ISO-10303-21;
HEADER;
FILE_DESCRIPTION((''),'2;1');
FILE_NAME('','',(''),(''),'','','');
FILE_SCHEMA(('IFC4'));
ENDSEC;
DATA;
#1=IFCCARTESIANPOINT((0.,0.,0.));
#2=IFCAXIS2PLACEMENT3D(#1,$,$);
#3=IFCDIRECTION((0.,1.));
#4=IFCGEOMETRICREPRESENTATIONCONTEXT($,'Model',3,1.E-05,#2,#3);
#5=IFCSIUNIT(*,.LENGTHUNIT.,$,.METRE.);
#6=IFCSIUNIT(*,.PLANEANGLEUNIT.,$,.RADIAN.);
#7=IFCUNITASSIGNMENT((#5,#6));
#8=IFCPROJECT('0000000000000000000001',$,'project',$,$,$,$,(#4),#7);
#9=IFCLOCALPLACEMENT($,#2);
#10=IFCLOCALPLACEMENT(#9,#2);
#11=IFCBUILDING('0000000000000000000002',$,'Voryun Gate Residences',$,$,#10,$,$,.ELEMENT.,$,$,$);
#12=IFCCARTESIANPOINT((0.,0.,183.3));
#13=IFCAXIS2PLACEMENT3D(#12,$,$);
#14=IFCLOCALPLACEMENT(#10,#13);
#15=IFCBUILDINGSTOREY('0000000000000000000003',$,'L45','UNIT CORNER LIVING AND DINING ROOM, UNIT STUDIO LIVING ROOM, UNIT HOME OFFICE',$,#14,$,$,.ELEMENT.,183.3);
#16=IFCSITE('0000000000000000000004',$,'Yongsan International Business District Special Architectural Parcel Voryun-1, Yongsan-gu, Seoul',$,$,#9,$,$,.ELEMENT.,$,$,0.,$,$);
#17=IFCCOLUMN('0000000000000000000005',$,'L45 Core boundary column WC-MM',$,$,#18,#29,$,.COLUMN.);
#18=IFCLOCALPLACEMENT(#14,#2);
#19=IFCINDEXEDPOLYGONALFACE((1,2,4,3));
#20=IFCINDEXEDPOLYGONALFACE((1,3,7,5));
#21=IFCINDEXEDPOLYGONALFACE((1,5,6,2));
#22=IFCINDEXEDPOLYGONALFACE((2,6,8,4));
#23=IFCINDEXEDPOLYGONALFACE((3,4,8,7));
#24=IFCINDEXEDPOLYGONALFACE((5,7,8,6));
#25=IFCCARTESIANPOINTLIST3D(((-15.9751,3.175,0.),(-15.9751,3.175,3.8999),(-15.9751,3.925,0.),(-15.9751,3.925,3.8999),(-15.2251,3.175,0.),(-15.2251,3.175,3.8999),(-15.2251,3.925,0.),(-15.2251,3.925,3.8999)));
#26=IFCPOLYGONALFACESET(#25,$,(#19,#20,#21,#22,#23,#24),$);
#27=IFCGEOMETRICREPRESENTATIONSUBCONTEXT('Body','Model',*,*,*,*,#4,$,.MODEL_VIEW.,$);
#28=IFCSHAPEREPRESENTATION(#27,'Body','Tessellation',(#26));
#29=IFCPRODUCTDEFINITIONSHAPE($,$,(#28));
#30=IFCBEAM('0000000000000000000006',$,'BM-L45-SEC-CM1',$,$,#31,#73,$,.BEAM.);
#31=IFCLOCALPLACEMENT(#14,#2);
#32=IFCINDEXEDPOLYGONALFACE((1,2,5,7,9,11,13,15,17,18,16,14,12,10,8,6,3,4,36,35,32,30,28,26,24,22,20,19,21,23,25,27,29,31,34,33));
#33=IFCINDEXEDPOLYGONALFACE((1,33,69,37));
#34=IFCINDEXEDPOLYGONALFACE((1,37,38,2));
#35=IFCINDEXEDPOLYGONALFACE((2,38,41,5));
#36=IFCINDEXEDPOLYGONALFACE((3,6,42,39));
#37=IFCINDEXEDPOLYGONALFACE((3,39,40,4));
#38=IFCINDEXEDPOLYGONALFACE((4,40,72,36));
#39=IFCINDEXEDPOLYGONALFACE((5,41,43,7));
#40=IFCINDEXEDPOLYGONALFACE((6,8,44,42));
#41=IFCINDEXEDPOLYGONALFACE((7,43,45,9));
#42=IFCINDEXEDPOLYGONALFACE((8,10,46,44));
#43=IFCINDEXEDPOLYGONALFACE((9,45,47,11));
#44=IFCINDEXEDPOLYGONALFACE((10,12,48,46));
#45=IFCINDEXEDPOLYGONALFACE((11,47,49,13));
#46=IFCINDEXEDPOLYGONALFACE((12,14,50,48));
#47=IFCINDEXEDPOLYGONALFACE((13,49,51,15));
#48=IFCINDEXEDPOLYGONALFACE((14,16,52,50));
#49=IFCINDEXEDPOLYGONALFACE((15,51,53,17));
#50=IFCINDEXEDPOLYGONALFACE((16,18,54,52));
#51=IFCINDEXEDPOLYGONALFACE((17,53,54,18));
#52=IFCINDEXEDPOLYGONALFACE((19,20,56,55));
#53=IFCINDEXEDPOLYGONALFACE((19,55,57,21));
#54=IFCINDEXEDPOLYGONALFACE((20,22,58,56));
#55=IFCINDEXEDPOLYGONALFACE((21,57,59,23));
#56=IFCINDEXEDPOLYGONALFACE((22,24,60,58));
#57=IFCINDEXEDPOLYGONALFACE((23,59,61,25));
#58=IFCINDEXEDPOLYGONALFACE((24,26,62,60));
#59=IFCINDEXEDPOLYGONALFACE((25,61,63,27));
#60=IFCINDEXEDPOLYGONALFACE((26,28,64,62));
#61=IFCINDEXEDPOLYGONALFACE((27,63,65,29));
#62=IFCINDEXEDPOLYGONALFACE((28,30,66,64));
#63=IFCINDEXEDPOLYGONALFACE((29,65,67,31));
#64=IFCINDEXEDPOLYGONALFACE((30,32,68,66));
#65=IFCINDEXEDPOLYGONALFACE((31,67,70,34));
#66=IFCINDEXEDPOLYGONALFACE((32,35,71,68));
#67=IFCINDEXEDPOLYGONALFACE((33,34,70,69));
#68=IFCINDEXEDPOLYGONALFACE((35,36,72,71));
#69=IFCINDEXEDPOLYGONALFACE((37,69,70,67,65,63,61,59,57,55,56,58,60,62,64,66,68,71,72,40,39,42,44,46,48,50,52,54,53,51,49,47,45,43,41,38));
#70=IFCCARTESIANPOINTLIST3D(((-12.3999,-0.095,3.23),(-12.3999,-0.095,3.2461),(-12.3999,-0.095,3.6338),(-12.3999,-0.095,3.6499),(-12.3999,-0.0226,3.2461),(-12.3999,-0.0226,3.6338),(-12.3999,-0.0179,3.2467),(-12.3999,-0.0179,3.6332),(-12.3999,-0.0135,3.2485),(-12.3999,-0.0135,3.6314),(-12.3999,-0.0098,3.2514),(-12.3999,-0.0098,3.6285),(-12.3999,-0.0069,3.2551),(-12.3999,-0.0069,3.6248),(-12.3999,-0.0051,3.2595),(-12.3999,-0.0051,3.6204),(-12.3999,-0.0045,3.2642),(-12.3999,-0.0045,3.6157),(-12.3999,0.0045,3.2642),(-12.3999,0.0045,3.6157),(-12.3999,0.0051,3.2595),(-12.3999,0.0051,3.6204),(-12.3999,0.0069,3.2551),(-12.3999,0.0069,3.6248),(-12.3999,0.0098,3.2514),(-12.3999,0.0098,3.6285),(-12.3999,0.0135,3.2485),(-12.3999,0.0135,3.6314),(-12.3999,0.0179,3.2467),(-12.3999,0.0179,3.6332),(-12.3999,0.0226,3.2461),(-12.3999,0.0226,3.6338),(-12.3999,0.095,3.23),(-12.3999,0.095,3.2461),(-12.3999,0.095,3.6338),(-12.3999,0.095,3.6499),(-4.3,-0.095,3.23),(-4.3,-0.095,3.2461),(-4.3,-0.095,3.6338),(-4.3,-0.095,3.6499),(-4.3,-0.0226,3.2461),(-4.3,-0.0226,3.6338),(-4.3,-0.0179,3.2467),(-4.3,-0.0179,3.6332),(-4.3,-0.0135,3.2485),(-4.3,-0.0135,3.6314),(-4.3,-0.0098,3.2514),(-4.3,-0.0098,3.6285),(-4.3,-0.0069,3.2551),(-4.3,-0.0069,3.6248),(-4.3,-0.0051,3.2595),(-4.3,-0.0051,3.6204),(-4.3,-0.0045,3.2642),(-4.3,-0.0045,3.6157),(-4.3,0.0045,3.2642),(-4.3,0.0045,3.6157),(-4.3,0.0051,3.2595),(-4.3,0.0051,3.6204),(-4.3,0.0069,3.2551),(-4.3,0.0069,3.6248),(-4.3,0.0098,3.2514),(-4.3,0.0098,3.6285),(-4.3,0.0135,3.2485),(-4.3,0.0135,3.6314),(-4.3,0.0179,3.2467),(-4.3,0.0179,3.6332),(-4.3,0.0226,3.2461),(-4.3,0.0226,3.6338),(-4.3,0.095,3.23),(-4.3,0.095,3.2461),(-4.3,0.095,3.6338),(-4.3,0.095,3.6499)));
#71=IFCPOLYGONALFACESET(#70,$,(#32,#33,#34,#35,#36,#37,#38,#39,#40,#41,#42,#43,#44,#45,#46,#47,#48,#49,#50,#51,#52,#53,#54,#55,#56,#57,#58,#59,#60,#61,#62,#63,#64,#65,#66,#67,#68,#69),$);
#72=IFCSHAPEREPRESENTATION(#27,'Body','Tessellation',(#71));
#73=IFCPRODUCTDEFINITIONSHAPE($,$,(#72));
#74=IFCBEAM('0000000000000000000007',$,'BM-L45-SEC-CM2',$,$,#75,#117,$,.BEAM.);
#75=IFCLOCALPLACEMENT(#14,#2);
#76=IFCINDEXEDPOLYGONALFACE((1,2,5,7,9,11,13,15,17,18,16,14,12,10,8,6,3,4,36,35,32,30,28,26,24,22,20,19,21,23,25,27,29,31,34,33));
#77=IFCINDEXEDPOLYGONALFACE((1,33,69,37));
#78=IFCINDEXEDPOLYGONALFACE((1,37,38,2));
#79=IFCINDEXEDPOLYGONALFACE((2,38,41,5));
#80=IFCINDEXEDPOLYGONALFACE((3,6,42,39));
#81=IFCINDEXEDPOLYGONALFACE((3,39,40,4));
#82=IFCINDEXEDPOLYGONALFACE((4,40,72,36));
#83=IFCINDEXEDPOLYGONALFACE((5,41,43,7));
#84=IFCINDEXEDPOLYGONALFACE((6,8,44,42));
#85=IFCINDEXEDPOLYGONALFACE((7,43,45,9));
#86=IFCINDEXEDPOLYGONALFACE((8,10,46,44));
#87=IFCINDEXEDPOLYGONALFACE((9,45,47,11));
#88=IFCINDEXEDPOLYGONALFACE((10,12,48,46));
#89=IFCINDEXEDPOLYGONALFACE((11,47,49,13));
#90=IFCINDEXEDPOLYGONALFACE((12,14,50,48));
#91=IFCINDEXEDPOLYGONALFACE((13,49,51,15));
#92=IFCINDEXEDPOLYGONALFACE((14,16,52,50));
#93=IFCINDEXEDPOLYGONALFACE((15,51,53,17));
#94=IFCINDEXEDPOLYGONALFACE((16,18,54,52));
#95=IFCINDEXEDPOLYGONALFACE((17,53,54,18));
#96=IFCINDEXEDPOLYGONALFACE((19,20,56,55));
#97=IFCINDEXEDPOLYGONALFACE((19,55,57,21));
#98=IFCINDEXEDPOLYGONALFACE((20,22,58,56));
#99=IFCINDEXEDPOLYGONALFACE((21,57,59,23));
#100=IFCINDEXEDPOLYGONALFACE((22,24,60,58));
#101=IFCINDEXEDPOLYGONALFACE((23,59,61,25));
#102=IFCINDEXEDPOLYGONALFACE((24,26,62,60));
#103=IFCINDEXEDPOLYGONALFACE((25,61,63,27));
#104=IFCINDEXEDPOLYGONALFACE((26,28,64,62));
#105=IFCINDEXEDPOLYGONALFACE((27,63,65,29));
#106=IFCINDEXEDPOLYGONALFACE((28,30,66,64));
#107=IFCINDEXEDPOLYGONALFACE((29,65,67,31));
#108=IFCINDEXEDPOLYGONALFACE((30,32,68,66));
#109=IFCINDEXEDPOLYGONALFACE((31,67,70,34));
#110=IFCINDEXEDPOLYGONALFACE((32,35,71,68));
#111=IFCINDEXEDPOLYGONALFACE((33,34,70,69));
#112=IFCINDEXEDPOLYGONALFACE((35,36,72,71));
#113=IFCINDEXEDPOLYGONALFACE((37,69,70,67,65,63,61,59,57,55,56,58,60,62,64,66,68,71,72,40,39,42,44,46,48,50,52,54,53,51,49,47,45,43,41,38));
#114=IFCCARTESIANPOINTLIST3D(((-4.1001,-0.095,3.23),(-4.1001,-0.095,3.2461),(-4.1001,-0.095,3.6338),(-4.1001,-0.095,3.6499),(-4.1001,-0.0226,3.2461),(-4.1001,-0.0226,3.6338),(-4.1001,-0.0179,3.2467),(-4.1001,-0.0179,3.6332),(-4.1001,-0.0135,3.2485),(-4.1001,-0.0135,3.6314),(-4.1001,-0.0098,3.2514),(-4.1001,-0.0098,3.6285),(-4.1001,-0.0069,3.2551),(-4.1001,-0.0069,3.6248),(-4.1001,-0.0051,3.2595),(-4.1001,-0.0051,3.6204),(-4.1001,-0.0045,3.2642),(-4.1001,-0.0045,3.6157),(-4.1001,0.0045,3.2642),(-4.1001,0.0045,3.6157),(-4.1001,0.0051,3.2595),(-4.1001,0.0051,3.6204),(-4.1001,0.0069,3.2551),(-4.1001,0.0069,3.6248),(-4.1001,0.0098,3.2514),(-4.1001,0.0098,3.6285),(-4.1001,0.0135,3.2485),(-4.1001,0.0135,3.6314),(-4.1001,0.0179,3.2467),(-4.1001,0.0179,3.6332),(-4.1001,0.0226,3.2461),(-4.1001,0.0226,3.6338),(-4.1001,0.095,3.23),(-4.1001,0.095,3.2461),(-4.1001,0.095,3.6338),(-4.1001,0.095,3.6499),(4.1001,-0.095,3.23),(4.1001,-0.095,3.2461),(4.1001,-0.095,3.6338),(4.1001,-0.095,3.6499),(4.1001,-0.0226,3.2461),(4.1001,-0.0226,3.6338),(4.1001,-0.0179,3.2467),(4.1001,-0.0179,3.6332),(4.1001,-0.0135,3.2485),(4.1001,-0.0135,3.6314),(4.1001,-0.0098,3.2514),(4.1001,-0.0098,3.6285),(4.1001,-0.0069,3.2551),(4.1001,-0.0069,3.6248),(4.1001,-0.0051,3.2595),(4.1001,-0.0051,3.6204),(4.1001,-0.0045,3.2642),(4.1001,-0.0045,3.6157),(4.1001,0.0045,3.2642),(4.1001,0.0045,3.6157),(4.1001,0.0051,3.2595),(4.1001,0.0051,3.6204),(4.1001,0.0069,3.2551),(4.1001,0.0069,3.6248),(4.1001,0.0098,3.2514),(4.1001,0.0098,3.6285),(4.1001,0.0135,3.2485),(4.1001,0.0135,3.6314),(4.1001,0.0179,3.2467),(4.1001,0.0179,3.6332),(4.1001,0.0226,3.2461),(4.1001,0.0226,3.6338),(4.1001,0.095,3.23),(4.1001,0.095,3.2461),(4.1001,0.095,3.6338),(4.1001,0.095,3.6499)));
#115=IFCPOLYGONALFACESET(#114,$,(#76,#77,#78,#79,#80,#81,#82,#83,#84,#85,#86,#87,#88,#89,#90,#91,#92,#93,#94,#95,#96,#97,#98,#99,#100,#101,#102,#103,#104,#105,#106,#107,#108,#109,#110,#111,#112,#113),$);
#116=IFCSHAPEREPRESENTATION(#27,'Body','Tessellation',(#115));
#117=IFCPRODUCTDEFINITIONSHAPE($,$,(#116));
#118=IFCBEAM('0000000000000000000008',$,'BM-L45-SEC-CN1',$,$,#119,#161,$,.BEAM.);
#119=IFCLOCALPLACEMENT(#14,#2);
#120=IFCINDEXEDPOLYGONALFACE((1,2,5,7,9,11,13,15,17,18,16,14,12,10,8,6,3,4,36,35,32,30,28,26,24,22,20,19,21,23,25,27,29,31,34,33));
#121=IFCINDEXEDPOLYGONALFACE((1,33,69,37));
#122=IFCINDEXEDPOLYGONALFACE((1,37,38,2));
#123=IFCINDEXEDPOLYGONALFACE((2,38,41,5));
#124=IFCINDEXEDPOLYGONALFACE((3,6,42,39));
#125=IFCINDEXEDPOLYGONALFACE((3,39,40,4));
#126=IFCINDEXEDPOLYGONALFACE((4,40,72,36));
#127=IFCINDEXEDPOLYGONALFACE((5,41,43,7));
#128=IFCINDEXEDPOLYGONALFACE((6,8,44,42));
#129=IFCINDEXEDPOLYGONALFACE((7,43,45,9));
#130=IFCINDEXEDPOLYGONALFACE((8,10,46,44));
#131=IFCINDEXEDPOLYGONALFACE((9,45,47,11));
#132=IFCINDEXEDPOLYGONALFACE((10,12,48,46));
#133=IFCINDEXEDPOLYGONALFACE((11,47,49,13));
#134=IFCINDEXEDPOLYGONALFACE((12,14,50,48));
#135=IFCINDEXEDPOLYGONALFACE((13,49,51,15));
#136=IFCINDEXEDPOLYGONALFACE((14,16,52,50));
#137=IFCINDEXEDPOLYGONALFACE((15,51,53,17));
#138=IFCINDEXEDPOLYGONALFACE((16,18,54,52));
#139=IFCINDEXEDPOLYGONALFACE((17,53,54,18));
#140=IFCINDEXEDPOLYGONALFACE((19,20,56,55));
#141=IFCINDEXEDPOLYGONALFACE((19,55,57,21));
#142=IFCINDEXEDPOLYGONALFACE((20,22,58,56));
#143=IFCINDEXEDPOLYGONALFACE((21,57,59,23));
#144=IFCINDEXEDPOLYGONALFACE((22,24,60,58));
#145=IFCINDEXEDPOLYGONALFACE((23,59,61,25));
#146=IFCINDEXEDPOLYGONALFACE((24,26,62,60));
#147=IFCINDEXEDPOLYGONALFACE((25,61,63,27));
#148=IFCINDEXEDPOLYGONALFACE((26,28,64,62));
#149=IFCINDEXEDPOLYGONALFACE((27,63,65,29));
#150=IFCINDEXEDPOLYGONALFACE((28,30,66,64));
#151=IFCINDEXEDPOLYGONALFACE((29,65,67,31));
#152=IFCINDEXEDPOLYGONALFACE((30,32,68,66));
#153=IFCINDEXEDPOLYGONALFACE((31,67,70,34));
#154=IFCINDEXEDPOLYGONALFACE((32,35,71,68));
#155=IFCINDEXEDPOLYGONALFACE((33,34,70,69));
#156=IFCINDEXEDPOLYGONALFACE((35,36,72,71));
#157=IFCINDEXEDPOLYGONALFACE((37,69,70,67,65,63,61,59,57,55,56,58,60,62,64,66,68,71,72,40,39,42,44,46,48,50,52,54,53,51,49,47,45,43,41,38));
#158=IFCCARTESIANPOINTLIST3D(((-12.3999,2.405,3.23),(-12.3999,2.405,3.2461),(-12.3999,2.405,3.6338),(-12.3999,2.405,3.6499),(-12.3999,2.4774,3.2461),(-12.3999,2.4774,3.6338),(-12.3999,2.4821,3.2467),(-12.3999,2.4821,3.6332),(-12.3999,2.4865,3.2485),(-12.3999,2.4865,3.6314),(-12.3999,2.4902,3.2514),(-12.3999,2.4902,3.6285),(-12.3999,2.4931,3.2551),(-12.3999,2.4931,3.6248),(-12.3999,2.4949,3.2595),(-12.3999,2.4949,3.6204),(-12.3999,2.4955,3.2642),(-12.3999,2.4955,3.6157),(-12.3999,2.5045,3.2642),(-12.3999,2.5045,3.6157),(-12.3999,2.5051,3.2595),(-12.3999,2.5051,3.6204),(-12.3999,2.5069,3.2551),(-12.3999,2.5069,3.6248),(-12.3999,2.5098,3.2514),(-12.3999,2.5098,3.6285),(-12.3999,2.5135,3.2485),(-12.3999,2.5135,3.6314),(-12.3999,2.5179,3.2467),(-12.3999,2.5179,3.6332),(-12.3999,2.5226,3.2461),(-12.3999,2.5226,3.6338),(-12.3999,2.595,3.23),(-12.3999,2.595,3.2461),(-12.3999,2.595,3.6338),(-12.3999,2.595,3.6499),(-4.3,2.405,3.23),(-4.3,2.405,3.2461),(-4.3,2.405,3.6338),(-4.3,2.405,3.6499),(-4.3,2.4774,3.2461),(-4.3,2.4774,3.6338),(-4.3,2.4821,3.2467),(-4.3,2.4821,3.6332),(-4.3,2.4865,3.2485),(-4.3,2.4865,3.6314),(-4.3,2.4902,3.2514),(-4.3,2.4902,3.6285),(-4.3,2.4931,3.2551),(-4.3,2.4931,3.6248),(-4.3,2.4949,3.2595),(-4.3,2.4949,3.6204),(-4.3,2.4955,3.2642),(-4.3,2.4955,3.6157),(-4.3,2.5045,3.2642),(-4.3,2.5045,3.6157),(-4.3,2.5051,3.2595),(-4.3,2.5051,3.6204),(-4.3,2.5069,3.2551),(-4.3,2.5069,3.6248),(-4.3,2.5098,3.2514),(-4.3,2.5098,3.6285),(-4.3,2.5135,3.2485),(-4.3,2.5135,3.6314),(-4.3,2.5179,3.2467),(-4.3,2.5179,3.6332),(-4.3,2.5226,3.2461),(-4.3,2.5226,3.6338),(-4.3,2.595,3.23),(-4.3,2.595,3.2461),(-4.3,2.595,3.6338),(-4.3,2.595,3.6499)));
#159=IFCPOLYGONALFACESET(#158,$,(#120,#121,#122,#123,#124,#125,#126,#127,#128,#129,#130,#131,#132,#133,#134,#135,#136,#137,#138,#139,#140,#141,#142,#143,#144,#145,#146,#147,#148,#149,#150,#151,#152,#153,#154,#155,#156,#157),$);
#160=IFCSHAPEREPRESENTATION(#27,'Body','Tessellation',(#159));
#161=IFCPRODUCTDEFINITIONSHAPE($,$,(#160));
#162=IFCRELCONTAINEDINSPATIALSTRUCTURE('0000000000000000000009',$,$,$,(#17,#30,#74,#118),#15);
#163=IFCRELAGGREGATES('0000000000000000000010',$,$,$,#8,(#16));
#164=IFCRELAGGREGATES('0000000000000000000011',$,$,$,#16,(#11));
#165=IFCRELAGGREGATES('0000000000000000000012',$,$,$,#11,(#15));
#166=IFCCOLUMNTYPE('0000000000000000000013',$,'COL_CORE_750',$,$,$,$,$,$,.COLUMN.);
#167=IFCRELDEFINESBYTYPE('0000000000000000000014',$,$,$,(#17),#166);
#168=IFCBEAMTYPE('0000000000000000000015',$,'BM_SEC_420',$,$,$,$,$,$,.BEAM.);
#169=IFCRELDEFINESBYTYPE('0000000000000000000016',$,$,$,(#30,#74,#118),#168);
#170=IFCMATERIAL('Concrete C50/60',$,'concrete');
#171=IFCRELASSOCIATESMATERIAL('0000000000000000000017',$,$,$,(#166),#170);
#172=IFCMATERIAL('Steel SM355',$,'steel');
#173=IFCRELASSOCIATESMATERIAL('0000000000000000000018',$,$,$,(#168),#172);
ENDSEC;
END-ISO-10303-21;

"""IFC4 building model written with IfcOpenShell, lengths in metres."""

from ifc_helpers import new_model, si_unit, direction, frame, origin, origin_2d, place, context, subcontext, project, spatial, rectangle, i_section, extrude, material, material_profile, profile_set, type_object, element, save


model = new_model("IFC4")

# Units and contexts
model_context = context("Model", 3, precision=1e-05, world=origin(), true_north=direction((0.0, 1.0)))
body_context = subcontext(model_context, "Body", "Model", "MODEL_VIEW")
ifc_project = project(units=[si_unit("LENGTHUNIT", "METRE"), si_unit("PLANEANGLEUNIT", "RADIAN")], contexts=[model_context])

# Site, building, storey
site_placement = place(None, origin())
site = spatial("IfcSite", under=ifc_project, at=site_placement, Name="Yongsan International Business District Special Architectural Parcel Voryun-1, Yongsan-gu, Seoul", CompositionType="ELEMENT", RefElevation=0.0)
building_placement = place(site_placement, origin())
building = spatial("IfcBuilding", under=site, at=building_placement, Name="Voryun Gate Residences", CompositionType="ELEMENT")
storey_placement = place(building_placement, frame((0.0, 0.0, 183.3)))
storey = spatial("IfcBuildingStorey", under=building, at=storey_placement, Name="L45", Description="UNIT CORNER LIVING AND DINING ROOM, UNIT STUDIO LIVING ROOM, UNIT HOME OFFICE", CompositionType="ELEMENT", Elevation=183.3)

# Column
ifc_material_1 = material(Name="Concrete C50/60", Category="concrete")
ifc_material_profile_1 = material_profile(ifc_material_1, rectangle(XDim=0.75, YDim=0.75, at=origin_2d()), Name="RC-750x750")
ifc_profile_set_1 = profile_set([ifc_material_profile_1], Name="Concrete C50/60")
column_type = type_object("IfcColumnType", Name="COL_CORE_750", PredefinedType="COLUMN", material=ifc_profile_set_1)
column_placement = place(storey_placement, frame((-15.6001, 3.55, 0.0), z_axis=(0.0, 0.0, 1.0), x_axis=(1.0, 0.0, 0.0)))
element("IfcColumn", 1, at=column_placement, inside=storey, type_object=column_type, Name="L45 Core boundary column WC-MM", PredefinedType="COLUMN", context=body_context, shape_type="SweptSolid", body=[
    extrude(rectangle(XDim=0.75, YDim=0.75, at=origin_2d()), origin(), (0.0, 0.0, 1.0), 3.8999),
])

# Beams
ifc_material_2 = material(Name="Steel SM355", Category="steel")
ifc_material_profile_2 = material_profile(ifc_material_2, i_section(OverallWidth=0.1899, OverallDepth=0.4199, WebThickness=0.009, FlangeThickness=0.0161, FilletRadius=0.0181, at=origin_2d()), Name="H-420x190x9x16")
ifc_profile_set_2 = profile_set([ifc_material_profile_2], Name="Steel SM355")
beam_type = type_object("IfcBeamType", Name="BM_SEC_420", PredefinedType="BEAM", material=ifc_profile_set_2)
beam_1_placement = place(storey_placement, frame((-12.3999, 0.0, 3.4399), z_axis=(1.0, 0.0, 0.0), x_axis=(0.0, 1.0, 0.0)))
element("IfcBeam", 2, at=beam_1_placement, inside=storey, type_object=beam_type, Name="BM-L45-SEC-CM1", PredefinedType="BEAM", context=body_context, shape_type="SweptSolid", body=[
    extrude(i_section(OverallWidth=0.1899, OverallDepth=0.4199, WebThickness=0.009, FlangeThickness=0.0161, FilletRadius=0.0181, at=origin_2d()), origin(), (0.0, 0.0, 1.0), 8.0999),
])
beam_2_placement = place(storey_placement, frame((-4.1001, 0.0, 3.4399), z_axis=(1.0, 0.0, 0.0), x_axis=(0.0, 1.0, 0.0)))
element("IfcBeam", 3, at=beam_2_placement, inside=storey, type_object=beam_type, Name="BM-L45-SEC-CM2", PredefinedType="BEAM", context=body_context, shape_type="SweptSolid", body=[
    extrude(i_section(OverallWidth=0.1899, OverallDepth=0.4199, WebThickness=0.009, FlangeThickness=0.0161, FilletRadius=0.0181, at=origin_2d()), origin(), (0.0, 0.0, 1.0), 8.2002),
])
beam_3_placement = place(storey_placement, frame((-12.3999, 2.5, 3.4399), z_axis=(1.0, 0.0, 0.0), x_axis=(0.0, 1.0, 0.0)))
element("IfcBeam", 4, at=beam_3_placement, inside=storey, type_object=beam_type, Name="BM-L45-SEC-CN1", PredefinedType="BEAM", context=body_context, shape_type="SweptSolid", body=[
    extrude(i_section(OverallWidth=0.1899, OverallDepth=0.4199, WebThickness=0.009, FlangeThickness=0.0161, FilletRadius=0.0181, at=origin_2d()), origin(), (0.0, 0.0, 1.0), 8.0999),
])

save(model, "model.ifc")
